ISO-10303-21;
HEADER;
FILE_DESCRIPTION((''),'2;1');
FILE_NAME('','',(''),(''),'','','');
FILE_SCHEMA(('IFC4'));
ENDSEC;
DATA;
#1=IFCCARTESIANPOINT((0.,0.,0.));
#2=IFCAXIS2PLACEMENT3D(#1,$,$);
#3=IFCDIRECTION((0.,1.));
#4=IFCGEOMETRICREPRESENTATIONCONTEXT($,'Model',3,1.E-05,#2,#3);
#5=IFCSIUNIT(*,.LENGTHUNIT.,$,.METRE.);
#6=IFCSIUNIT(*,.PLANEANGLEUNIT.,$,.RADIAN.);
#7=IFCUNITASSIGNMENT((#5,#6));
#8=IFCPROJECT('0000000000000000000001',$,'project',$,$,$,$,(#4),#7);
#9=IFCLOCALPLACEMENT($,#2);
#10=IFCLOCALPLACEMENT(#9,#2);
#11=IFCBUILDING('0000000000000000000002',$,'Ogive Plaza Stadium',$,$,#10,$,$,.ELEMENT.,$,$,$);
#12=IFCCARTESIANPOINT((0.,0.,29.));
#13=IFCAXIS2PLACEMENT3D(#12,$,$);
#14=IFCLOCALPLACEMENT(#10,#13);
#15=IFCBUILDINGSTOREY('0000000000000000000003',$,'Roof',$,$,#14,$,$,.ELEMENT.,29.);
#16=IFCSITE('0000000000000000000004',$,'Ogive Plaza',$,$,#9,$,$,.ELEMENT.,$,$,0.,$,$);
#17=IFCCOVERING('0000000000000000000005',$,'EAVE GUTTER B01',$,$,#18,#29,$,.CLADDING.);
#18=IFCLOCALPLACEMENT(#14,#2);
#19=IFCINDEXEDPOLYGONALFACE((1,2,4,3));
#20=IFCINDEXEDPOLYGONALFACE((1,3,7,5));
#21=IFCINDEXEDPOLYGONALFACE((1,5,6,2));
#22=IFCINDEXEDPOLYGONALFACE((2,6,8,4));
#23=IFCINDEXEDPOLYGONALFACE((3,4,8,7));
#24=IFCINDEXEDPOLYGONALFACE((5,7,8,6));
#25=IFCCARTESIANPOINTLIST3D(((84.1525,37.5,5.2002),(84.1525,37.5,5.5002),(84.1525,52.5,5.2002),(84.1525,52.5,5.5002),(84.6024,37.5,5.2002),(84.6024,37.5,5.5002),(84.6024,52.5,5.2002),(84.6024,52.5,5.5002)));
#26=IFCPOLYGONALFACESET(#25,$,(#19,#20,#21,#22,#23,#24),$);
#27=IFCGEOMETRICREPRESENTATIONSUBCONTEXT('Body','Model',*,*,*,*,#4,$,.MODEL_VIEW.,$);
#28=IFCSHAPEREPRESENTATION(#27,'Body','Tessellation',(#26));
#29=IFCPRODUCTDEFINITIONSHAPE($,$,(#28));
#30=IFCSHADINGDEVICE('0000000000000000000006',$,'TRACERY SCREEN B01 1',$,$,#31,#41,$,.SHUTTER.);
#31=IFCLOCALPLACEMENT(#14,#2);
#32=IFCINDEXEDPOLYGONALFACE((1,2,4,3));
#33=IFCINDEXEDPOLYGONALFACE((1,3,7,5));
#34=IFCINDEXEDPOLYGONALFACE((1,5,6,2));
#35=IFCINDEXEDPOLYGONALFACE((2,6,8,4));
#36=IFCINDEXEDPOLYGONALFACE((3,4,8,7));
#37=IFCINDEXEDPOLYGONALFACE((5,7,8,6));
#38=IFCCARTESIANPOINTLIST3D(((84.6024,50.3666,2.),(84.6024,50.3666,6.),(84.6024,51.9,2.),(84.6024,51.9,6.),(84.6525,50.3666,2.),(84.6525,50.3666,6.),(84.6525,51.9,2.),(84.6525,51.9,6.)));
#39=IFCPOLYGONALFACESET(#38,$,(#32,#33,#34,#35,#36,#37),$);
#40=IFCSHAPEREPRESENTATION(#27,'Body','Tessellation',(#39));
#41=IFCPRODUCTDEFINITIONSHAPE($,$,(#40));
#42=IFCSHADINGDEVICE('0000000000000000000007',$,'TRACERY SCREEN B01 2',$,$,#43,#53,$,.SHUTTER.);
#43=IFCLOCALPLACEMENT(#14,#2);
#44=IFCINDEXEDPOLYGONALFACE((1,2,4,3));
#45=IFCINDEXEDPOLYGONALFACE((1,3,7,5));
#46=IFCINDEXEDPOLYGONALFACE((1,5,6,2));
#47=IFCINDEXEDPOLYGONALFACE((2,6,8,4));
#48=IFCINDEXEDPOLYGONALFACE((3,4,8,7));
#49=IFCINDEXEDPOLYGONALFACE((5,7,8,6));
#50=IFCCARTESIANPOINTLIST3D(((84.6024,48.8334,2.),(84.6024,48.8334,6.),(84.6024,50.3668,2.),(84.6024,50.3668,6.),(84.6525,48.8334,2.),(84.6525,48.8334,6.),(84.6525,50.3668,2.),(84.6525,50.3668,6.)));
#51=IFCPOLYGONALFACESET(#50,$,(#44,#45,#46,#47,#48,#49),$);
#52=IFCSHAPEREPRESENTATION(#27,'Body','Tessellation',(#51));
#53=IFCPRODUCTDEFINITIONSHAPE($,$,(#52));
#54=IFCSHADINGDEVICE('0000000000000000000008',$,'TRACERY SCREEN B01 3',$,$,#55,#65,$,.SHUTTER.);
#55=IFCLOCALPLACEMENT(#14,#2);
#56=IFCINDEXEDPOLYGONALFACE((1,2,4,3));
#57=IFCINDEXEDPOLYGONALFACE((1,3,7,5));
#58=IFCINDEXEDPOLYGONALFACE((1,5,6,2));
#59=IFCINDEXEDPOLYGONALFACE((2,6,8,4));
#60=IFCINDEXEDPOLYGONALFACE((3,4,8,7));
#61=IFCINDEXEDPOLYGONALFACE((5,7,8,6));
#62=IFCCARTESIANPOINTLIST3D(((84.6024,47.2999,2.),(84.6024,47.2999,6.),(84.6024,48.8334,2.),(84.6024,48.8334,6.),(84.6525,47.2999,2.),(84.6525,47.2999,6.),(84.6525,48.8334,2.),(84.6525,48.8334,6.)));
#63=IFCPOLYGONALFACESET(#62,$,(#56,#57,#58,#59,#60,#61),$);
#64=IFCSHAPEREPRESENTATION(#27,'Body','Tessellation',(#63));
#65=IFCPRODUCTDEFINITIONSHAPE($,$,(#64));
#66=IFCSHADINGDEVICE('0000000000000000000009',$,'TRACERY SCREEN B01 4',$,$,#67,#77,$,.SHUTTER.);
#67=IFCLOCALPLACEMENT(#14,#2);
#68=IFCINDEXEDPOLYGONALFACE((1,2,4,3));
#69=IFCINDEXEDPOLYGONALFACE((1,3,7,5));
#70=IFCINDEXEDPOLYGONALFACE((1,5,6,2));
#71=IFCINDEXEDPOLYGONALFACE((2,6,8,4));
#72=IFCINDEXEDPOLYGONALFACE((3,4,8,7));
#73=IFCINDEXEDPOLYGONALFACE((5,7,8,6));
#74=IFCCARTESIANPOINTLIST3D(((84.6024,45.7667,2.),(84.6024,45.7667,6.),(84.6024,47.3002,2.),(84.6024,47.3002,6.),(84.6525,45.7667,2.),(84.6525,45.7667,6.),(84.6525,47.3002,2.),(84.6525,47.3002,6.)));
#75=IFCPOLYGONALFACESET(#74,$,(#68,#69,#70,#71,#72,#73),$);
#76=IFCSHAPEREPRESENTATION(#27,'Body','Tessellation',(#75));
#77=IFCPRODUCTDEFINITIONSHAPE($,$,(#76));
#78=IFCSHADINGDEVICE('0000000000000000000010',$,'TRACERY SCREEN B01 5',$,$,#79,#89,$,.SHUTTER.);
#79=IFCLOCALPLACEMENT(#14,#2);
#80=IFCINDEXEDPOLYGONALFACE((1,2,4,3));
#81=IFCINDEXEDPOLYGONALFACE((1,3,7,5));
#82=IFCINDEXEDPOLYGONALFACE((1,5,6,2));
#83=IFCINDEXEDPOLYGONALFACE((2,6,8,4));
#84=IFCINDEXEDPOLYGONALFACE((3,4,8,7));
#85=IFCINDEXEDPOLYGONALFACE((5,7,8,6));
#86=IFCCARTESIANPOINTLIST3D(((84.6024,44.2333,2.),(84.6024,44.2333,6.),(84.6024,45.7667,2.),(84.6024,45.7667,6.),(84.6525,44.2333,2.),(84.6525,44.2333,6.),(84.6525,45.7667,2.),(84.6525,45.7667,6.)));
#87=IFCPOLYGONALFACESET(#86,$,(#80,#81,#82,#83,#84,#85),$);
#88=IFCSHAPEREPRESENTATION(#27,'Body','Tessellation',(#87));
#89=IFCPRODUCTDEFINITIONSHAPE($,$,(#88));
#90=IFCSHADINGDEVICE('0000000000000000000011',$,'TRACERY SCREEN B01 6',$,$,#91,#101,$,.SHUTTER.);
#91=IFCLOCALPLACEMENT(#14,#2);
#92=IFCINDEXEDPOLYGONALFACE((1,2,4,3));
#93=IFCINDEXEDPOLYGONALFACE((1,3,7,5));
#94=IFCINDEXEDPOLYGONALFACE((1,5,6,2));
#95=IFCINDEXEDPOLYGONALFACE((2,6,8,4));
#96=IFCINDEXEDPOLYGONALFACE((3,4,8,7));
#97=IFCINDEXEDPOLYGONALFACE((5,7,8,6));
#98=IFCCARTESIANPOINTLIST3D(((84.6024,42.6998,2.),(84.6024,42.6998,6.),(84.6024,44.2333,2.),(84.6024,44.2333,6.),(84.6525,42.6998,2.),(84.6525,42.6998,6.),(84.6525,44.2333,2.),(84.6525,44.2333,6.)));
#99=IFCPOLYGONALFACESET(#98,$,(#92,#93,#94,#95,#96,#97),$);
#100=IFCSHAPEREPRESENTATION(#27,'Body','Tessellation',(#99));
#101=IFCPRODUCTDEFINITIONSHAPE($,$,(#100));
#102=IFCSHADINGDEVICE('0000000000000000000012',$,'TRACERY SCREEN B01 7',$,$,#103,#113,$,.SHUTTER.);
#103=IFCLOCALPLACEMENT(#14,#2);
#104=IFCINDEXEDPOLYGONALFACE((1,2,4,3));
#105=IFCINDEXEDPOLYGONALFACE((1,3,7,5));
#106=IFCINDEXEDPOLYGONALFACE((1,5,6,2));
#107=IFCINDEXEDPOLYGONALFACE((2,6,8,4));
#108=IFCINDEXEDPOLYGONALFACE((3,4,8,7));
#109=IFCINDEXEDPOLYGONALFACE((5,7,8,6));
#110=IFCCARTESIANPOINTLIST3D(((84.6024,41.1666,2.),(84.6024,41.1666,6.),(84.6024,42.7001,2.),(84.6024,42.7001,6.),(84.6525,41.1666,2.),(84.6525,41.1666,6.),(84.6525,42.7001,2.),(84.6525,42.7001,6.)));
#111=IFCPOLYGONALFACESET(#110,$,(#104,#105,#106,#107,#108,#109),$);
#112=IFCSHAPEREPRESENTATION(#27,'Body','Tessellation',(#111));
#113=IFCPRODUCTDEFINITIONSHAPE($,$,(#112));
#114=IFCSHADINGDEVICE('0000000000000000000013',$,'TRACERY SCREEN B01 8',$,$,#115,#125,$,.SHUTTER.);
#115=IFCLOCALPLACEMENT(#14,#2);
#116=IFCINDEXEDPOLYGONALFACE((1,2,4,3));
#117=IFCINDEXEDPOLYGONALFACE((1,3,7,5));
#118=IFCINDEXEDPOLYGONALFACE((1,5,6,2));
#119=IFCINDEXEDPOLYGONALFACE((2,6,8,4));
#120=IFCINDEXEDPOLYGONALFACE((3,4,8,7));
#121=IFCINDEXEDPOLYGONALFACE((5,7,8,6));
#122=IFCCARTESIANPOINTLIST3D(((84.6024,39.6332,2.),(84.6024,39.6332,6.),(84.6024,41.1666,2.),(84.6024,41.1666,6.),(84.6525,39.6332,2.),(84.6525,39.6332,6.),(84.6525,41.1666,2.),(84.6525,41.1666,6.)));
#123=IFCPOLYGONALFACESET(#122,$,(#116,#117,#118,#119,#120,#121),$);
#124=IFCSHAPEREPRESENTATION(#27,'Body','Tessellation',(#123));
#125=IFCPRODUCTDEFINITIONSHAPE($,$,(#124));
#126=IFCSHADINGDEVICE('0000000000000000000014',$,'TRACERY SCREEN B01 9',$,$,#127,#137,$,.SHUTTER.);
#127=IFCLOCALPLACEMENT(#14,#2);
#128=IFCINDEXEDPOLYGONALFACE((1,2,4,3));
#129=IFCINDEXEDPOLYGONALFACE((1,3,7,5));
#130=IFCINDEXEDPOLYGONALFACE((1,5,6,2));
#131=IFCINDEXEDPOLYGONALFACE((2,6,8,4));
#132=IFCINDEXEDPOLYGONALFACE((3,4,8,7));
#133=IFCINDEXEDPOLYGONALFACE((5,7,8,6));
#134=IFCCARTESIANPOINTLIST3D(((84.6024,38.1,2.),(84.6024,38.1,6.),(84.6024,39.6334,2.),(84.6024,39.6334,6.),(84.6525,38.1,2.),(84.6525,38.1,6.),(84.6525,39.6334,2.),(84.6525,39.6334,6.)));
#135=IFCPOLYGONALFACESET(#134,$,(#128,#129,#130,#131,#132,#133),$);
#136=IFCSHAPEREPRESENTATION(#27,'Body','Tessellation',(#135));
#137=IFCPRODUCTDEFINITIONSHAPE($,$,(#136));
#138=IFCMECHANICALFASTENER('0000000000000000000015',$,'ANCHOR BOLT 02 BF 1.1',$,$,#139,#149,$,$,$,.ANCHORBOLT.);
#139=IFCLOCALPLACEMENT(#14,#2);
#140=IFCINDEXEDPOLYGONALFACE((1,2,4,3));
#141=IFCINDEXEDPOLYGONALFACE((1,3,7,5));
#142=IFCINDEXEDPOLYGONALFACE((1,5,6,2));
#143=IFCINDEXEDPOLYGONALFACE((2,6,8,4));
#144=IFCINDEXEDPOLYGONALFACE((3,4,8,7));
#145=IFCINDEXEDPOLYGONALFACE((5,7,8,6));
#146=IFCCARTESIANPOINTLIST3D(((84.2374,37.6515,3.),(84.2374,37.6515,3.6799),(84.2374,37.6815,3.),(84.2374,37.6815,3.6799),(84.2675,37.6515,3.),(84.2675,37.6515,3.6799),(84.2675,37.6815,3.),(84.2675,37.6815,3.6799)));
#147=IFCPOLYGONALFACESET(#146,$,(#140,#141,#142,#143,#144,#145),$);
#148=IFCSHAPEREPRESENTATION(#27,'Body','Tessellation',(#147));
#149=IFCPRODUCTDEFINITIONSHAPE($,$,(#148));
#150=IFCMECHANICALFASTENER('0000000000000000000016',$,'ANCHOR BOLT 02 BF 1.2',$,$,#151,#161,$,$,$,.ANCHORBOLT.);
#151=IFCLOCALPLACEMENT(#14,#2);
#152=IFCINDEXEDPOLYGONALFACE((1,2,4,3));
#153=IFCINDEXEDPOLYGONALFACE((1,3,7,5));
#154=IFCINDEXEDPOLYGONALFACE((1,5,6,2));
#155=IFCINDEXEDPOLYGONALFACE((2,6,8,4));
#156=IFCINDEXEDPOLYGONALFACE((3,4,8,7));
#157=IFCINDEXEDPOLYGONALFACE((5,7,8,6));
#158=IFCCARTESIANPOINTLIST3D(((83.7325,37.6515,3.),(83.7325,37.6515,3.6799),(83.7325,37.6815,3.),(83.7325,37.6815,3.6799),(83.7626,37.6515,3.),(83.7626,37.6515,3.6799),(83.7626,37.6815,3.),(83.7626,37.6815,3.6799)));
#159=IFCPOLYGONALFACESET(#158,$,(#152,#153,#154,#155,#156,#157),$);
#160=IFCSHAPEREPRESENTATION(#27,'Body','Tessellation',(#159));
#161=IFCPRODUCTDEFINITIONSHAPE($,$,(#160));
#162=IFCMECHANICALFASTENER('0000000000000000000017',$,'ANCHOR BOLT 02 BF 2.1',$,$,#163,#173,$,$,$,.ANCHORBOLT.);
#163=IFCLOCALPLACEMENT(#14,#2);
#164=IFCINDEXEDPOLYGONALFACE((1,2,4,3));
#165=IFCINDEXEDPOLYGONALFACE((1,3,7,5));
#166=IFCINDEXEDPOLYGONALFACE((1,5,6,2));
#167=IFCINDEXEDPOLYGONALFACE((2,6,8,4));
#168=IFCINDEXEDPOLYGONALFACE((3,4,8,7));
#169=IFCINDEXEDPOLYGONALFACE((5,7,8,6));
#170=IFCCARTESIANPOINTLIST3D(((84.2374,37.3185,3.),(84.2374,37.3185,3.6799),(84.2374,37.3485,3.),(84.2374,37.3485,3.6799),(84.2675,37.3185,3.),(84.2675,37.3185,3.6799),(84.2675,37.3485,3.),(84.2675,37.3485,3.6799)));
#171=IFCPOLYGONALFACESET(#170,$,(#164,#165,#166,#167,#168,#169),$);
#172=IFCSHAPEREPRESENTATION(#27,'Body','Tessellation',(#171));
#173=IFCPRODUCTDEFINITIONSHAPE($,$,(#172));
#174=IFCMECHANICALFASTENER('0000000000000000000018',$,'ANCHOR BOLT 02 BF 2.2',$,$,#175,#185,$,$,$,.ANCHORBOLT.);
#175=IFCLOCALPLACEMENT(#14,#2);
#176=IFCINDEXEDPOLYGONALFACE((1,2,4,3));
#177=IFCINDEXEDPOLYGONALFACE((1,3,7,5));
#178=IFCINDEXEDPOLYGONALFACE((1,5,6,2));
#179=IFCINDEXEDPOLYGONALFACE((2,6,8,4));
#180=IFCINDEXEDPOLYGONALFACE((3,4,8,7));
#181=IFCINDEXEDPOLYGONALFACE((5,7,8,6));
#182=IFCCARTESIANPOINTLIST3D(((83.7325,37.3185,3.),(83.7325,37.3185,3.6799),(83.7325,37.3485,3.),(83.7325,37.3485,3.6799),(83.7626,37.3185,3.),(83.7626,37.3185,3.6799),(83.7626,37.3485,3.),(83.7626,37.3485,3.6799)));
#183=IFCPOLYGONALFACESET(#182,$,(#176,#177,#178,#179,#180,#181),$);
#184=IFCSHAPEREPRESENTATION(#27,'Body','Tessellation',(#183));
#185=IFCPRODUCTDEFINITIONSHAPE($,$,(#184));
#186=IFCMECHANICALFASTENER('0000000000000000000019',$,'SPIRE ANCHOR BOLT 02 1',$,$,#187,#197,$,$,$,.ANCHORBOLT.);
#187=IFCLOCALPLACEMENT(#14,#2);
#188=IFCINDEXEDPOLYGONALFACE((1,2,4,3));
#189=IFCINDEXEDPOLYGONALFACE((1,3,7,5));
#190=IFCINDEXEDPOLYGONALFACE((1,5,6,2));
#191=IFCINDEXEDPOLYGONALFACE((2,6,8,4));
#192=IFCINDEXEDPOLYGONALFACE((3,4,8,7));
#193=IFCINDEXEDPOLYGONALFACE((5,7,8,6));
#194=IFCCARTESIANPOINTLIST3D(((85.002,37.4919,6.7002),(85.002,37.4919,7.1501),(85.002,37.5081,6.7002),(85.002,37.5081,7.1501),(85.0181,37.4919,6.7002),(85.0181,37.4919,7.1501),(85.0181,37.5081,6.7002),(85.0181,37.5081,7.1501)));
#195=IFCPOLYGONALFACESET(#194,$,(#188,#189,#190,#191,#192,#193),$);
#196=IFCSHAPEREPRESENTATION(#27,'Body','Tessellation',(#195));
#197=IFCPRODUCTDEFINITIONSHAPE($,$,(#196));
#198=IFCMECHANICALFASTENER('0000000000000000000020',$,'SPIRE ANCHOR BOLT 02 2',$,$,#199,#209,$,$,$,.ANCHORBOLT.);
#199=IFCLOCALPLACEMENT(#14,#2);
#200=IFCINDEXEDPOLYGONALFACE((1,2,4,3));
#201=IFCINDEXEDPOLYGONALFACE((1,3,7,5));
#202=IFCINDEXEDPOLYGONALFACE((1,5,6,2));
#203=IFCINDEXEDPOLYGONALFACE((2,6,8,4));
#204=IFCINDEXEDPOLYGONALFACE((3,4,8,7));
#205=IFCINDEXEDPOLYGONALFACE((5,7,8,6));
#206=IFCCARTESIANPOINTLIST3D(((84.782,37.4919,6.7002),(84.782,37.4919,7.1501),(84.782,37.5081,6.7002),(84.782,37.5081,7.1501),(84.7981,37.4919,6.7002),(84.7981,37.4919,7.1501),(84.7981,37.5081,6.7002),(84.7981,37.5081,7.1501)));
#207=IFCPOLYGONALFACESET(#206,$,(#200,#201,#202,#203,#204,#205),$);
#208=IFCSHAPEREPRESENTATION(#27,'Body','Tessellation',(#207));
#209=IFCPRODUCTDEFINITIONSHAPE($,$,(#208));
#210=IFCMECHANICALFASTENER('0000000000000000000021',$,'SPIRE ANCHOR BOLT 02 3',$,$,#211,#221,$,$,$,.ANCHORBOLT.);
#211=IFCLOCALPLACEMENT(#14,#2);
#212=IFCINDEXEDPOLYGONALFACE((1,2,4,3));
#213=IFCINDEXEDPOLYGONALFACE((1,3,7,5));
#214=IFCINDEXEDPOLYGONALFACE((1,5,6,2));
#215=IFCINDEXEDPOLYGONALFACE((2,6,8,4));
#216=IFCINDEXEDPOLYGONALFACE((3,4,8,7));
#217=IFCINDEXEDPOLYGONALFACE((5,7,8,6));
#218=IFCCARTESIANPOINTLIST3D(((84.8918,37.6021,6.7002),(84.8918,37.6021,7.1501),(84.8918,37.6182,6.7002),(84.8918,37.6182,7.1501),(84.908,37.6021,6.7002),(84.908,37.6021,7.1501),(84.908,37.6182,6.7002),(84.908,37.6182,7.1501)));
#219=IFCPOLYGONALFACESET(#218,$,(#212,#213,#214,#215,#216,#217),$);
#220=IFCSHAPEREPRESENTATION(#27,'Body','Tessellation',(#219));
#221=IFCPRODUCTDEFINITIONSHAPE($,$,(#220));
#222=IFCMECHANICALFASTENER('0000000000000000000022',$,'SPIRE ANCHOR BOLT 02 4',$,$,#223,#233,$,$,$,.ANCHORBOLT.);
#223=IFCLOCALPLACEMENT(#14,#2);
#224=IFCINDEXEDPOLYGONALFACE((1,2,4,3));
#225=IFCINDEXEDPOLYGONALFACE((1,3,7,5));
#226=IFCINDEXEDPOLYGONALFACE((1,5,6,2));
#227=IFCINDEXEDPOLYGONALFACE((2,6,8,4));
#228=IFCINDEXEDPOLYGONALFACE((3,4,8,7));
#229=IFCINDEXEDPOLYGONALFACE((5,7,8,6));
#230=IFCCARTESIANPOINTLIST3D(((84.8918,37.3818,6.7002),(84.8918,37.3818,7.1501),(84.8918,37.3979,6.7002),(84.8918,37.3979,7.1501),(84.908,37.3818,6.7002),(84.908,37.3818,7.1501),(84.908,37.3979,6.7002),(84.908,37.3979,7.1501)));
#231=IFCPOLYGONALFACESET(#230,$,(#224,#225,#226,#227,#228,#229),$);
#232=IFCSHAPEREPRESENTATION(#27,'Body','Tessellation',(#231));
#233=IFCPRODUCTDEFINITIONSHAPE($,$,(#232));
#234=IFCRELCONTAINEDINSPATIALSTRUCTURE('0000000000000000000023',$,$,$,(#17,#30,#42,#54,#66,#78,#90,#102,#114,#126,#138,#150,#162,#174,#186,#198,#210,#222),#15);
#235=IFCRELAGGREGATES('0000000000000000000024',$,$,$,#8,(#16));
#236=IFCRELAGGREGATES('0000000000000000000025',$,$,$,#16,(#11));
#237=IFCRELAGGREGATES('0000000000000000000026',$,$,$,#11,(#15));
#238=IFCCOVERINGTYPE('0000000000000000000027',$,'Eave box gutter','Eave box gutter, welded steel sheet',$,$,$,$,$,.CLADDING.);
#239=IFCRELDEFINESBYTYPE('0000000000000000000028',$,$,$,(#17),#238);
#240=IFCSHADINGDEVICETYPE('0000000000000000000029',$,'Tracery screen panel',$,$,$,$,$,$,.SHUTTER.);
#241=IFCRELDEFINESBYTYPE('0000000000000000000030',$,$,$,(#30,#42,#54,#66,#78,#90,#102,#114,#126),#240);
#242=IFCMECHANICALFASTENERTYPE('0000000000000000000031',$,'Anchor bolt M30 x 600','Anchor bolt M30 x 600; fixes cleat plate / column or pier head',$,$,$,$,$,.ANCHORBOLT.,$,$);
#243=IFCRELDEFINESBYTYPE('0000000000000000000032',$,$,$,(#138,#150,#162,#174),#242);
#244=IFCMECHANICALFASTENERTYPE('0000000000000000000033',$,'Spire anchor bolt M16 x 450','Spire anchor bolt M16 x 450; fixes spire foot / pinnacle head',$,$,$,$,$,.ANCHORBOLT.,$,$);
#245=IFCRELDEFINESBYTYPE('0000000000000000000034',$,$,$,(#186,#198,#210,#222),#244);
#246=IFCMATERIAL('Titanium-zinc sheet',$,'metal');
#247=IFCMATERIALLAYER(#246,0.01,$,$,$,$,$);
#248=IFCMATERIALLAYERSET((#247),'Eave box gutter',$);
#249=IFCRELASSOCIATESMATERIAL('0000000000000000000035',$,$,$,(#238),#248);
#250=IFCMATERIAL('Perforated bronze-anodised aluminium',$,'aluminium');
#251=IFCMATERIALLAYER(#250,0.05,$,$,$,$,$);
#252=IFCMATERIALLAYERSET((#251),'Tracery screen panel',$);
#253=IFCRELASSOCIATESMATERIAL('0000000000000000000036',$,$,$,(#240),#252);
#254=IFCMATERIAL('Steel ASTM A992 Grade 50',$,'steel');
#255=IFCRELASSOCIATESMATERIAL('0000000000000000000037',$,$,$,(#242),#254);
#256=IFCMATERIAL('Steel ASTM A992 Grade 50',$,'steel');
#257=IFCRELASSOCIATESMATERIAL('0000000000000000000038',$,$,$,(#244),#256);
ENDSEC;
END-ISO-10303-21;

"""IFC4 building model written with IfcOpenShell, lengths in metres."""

from ifc_helpers import new_model, si_unit, direction, frame, origin, origin_2d, place, context, subcontext, project, spatial, rectangle, extrude, material, layer, layer_set, type_object, element, save


model = new_model("IFC4")

# Units and contexts
model_context = context("Model", 3, precision=1e-05, world=origin(), true_north=direction((0.0, 1.0)))
body_context = subcontext(model_context, "Body", "Model", "MODEL_VIEW")
ifc_project = project(units=[si_unit("LENGTHUNIT", "METRE"), si_unit("PLANEANGLEUNIT", "RADIAN")], contexts=[model_context])

# Site, building, storey
site_placement = place(None, origin())
site = spatial("IfcSite", under=ifc_project, at=site_placement, Name="Ogive Plaza", CompositionType="ELEMENT", RefElevation=0.0)
building_placement = place(site_placement, origin())
building = spatial("IfcBuilding", under=site, at=building_placement, Name="Ogive Plaza Stadium", CompositionType="ELEMENT")
storey_placement = place(building_placement, frame((0.0, 0.0, 29.0)))
storey = spatial("IfcBuildingStorey", under=building, at=storey_placement, Name="Roof", CompositionType="ELEMENT", Elevation=29.0)

# Covering
ifc_material_1 = material(Name="Titanium-zinc sheet", Category="metal")
ifc_layer_1 = layer(ifc_material_1, 0.01)
ifc_layer_set_1 = layer_set([ifc_layer_1], Name="Eave box gutter")
covering_type = type_object("IfcCoveringType", Name="Eave box gutter", Description="Eave box gutter, welded steel sheet", PredefinedType="CLADDING", material=ifc_layer_set_1)
covering_placement = place(storey_placement, frame((84.3774, 45.0, 5.2002), z_axis=(0.0, 0.0, 1.0), x_axis=(0.0, -1.0, 0.0)))
element("IfcCovering", 1, at=covering_placement, inside=storey, type_object=covering_type, Name="EAVE GUTTER B01", PredefinedType="CLADDING", context=body_context, shape_type="SweptSolid", body=[
    extrude(rectangle(XDim=15.0, YDim=0.45, at=origin_2d()), origin(), (0.0, 0.0, 1.0), 0.3),
])

# Shading devices
ifc_material_2 = material(Name="Perforated bronze-anodised aluminium", Category="aluminium")
ifc_layer_2 = layer(ifc_material_2, 0.05)
ifc_layer_set_2 = layer_set([ifc_layer_2], Name="Tracery screen panel")
shading_device_type = type_object("IfcShadingDeviceType", Name="Tracery screen panel", PredefinedType="SHUTTER", material=ifc_layer_set_2)
for number, where, z_axis, x_axis, name in (
    (2, (84.6274, 51.1333, 2.0), (0.0, 0.0, 1.0), (0.0, -1.0, 0.0), "TRACERY SCREEN B01 1"),
    (3, (84.6274, 49.6001, 2.0), (0.0, 0.0, 1.0), (0.0, -1.0, 0.0), "TRACERY SCREEN B01 2"),
    (4, (84.6274, 48.0667, 2.0), (0.0, 0.0, 1.0), (0.0, -1.0, 0.0), "TRACERY SCREEN B01 3"),
    (5, (84.6274, 46.5334, 2.0), (0.0, 0.0, 1.0), (0.0, -1.0, 0.0), "TRACERY SCREEN B01 4"),
    (6, (84.6274, 45.0, 2.0), (0.0, 0.0, 1.0), (0.0, -1.0, 0.0), "TRACERY SCREEN B01 5"),
    (7, (84.6274, 43.4666, 2.0), (0.0, 0.0, 1.0), (0.0, -1.0, 0.0), "TRACERY SCREEN B01 6"),
    (8, (84.6274, 41.9333, 2.0), (0.0, 0.0, 1.0), (0.0, -1.0, 0.0), "TRACERY SCREEN B01 7"),
    (9, (84.6274, 40.3999, 2.0), (0.0, 0.0, 1.0), (0.0, -1.0, 0.0), "TRACERY SCREEN B01 8"),
    (10, (84.6274, 38.8667, 2.0), (0.0, 0.0, 1.0), (0.0, -1.0, 0.0), "TRACERY SCREEN B01 9"),
):
    element("IfcShadingDevice", number, at=place(storey_placement, frame(where, z_axis=z_axis, x_axis=x_axis)), inside=storey, type_object=shading_device_type, Name=name, PredefinedType="SHUTTER", context=body_context, shape_type="SweptSolid", body=[
        extrude(rectangle(XDim=1.5334, YDim=0.05, at=origin_2d()), origin(), (0.0, 0.0, 1.0), 4.0),
    ])

# Mechanical fasteners
ifc_material_3 = material(Name="Steel ASTM A992 Grade 50", Category="steel")
mechanical_fastener_type_1 = type_object("IfcMechanicalFastenerType", Name="Anchor bolt M30 x 600", Description="Anchor bolt M30 x 600; fixes cleat plate / column or pier head", PredefinedType="ANCHORBOLT", material=ifc_material_3)
for number, where, z_axis, x_axis, name in (
    (11, (84.2524, 37.6665, 3.0), (0.0, 0.0, 1.0), (1.0, 0.0, 0.0), "ANCHOR BOLT 02 BF 1.1"),
    (12, (83.7476, 37.6665, 3.0), (0.0, 0.0, 1.0), (1.0, 0.0, 0.0), "ANCHOR BOLT 02 BF 1.2"),
    (13, (84.2524, 37.3335, 3.0), (0.0, 0.0, 1.0), (1.0, 0.0, 0.0), "ANCHOR BOLT 02 BF 2.1"),
    (14, (83.7476, 37.3335, 3.0), (0.0, 0.0, 1.0), (1.0, 0.0, 0.0), "ANCHOR BOLT 02 BF 2.2"),
):
    element("IfcMechanicalFastener", number, at=place(storey_placement, frame(where, z_axis=z_axis, x_axis=x_axis)), inside=storey, type_object=mechanical_fastener_type_1, Name=name, PredefinedType="ANCHORBOLT", context=body_context, shape_type="SweptSolid", body=[
        extrude(rectangle(XDim=0.03, YDim=0.03, at=origin_2d()), origin(), (0.0, 0.0, 1.0), 0.6799),
    ])
ifc_material_4 = material(Name="Steel ASTM A992 Grade 50", Category="steel")
mechanical_fastener_type_2 = type_object("IfcMechanicalFastenerType", Name="Spire anchor bolt M16 x 450", Description="Spire anchor bolt M16 x 450; fixes spire foot / pinnacle head", PredefinedType="ANCHORBOLT", material=ifc_material_4)
for number, where, z_axis, x_axis, name in (
    (15, (85.01, 37.5, 6.7002), (0.0, 0.0, 1.0), (1.0, 0.0, 0.0), "SPIRE ANCHOR BOLT 02 1"),
    (16, (84.79, 37.5, 6.7002), (0.0, 0.0, 1.0), (1.0, 0.0, 0.0), "SPIRE ANCHOR BOLT 02 2"),
    (17, (84.8999, 37.6101, 6.7002), (0.0, 0.0, 1.0), (1.0, 0.0, 0.0), "SPIRE ANCHOR BOLT 02 3"),
    (18, (84.8999, 37.3899, 6.7002), (0.0, 0.0, 1.0), (1.0, 0.0, 0.0), "SPIRE ANCHOR BOLT 02 4"),
):
    element("IfcMechanicalFastener", number, at=place(storey_placement, frame(where, z_axis=z_axis, x_axis=x_axis)), inside=storey, type_object=mechanical_fastener_type_2, Name=name, PredefinedType="ANCHORBOLT", context=body_context, shape_type="SweptSolid", body=[
        extrude(rectangle(XDim=0.0161, YDim=0.0161, at=origin_2d()), origin(), (0.0, 0.0, 1.0), 0.45),
    ])

save(model, "model.ifc")
